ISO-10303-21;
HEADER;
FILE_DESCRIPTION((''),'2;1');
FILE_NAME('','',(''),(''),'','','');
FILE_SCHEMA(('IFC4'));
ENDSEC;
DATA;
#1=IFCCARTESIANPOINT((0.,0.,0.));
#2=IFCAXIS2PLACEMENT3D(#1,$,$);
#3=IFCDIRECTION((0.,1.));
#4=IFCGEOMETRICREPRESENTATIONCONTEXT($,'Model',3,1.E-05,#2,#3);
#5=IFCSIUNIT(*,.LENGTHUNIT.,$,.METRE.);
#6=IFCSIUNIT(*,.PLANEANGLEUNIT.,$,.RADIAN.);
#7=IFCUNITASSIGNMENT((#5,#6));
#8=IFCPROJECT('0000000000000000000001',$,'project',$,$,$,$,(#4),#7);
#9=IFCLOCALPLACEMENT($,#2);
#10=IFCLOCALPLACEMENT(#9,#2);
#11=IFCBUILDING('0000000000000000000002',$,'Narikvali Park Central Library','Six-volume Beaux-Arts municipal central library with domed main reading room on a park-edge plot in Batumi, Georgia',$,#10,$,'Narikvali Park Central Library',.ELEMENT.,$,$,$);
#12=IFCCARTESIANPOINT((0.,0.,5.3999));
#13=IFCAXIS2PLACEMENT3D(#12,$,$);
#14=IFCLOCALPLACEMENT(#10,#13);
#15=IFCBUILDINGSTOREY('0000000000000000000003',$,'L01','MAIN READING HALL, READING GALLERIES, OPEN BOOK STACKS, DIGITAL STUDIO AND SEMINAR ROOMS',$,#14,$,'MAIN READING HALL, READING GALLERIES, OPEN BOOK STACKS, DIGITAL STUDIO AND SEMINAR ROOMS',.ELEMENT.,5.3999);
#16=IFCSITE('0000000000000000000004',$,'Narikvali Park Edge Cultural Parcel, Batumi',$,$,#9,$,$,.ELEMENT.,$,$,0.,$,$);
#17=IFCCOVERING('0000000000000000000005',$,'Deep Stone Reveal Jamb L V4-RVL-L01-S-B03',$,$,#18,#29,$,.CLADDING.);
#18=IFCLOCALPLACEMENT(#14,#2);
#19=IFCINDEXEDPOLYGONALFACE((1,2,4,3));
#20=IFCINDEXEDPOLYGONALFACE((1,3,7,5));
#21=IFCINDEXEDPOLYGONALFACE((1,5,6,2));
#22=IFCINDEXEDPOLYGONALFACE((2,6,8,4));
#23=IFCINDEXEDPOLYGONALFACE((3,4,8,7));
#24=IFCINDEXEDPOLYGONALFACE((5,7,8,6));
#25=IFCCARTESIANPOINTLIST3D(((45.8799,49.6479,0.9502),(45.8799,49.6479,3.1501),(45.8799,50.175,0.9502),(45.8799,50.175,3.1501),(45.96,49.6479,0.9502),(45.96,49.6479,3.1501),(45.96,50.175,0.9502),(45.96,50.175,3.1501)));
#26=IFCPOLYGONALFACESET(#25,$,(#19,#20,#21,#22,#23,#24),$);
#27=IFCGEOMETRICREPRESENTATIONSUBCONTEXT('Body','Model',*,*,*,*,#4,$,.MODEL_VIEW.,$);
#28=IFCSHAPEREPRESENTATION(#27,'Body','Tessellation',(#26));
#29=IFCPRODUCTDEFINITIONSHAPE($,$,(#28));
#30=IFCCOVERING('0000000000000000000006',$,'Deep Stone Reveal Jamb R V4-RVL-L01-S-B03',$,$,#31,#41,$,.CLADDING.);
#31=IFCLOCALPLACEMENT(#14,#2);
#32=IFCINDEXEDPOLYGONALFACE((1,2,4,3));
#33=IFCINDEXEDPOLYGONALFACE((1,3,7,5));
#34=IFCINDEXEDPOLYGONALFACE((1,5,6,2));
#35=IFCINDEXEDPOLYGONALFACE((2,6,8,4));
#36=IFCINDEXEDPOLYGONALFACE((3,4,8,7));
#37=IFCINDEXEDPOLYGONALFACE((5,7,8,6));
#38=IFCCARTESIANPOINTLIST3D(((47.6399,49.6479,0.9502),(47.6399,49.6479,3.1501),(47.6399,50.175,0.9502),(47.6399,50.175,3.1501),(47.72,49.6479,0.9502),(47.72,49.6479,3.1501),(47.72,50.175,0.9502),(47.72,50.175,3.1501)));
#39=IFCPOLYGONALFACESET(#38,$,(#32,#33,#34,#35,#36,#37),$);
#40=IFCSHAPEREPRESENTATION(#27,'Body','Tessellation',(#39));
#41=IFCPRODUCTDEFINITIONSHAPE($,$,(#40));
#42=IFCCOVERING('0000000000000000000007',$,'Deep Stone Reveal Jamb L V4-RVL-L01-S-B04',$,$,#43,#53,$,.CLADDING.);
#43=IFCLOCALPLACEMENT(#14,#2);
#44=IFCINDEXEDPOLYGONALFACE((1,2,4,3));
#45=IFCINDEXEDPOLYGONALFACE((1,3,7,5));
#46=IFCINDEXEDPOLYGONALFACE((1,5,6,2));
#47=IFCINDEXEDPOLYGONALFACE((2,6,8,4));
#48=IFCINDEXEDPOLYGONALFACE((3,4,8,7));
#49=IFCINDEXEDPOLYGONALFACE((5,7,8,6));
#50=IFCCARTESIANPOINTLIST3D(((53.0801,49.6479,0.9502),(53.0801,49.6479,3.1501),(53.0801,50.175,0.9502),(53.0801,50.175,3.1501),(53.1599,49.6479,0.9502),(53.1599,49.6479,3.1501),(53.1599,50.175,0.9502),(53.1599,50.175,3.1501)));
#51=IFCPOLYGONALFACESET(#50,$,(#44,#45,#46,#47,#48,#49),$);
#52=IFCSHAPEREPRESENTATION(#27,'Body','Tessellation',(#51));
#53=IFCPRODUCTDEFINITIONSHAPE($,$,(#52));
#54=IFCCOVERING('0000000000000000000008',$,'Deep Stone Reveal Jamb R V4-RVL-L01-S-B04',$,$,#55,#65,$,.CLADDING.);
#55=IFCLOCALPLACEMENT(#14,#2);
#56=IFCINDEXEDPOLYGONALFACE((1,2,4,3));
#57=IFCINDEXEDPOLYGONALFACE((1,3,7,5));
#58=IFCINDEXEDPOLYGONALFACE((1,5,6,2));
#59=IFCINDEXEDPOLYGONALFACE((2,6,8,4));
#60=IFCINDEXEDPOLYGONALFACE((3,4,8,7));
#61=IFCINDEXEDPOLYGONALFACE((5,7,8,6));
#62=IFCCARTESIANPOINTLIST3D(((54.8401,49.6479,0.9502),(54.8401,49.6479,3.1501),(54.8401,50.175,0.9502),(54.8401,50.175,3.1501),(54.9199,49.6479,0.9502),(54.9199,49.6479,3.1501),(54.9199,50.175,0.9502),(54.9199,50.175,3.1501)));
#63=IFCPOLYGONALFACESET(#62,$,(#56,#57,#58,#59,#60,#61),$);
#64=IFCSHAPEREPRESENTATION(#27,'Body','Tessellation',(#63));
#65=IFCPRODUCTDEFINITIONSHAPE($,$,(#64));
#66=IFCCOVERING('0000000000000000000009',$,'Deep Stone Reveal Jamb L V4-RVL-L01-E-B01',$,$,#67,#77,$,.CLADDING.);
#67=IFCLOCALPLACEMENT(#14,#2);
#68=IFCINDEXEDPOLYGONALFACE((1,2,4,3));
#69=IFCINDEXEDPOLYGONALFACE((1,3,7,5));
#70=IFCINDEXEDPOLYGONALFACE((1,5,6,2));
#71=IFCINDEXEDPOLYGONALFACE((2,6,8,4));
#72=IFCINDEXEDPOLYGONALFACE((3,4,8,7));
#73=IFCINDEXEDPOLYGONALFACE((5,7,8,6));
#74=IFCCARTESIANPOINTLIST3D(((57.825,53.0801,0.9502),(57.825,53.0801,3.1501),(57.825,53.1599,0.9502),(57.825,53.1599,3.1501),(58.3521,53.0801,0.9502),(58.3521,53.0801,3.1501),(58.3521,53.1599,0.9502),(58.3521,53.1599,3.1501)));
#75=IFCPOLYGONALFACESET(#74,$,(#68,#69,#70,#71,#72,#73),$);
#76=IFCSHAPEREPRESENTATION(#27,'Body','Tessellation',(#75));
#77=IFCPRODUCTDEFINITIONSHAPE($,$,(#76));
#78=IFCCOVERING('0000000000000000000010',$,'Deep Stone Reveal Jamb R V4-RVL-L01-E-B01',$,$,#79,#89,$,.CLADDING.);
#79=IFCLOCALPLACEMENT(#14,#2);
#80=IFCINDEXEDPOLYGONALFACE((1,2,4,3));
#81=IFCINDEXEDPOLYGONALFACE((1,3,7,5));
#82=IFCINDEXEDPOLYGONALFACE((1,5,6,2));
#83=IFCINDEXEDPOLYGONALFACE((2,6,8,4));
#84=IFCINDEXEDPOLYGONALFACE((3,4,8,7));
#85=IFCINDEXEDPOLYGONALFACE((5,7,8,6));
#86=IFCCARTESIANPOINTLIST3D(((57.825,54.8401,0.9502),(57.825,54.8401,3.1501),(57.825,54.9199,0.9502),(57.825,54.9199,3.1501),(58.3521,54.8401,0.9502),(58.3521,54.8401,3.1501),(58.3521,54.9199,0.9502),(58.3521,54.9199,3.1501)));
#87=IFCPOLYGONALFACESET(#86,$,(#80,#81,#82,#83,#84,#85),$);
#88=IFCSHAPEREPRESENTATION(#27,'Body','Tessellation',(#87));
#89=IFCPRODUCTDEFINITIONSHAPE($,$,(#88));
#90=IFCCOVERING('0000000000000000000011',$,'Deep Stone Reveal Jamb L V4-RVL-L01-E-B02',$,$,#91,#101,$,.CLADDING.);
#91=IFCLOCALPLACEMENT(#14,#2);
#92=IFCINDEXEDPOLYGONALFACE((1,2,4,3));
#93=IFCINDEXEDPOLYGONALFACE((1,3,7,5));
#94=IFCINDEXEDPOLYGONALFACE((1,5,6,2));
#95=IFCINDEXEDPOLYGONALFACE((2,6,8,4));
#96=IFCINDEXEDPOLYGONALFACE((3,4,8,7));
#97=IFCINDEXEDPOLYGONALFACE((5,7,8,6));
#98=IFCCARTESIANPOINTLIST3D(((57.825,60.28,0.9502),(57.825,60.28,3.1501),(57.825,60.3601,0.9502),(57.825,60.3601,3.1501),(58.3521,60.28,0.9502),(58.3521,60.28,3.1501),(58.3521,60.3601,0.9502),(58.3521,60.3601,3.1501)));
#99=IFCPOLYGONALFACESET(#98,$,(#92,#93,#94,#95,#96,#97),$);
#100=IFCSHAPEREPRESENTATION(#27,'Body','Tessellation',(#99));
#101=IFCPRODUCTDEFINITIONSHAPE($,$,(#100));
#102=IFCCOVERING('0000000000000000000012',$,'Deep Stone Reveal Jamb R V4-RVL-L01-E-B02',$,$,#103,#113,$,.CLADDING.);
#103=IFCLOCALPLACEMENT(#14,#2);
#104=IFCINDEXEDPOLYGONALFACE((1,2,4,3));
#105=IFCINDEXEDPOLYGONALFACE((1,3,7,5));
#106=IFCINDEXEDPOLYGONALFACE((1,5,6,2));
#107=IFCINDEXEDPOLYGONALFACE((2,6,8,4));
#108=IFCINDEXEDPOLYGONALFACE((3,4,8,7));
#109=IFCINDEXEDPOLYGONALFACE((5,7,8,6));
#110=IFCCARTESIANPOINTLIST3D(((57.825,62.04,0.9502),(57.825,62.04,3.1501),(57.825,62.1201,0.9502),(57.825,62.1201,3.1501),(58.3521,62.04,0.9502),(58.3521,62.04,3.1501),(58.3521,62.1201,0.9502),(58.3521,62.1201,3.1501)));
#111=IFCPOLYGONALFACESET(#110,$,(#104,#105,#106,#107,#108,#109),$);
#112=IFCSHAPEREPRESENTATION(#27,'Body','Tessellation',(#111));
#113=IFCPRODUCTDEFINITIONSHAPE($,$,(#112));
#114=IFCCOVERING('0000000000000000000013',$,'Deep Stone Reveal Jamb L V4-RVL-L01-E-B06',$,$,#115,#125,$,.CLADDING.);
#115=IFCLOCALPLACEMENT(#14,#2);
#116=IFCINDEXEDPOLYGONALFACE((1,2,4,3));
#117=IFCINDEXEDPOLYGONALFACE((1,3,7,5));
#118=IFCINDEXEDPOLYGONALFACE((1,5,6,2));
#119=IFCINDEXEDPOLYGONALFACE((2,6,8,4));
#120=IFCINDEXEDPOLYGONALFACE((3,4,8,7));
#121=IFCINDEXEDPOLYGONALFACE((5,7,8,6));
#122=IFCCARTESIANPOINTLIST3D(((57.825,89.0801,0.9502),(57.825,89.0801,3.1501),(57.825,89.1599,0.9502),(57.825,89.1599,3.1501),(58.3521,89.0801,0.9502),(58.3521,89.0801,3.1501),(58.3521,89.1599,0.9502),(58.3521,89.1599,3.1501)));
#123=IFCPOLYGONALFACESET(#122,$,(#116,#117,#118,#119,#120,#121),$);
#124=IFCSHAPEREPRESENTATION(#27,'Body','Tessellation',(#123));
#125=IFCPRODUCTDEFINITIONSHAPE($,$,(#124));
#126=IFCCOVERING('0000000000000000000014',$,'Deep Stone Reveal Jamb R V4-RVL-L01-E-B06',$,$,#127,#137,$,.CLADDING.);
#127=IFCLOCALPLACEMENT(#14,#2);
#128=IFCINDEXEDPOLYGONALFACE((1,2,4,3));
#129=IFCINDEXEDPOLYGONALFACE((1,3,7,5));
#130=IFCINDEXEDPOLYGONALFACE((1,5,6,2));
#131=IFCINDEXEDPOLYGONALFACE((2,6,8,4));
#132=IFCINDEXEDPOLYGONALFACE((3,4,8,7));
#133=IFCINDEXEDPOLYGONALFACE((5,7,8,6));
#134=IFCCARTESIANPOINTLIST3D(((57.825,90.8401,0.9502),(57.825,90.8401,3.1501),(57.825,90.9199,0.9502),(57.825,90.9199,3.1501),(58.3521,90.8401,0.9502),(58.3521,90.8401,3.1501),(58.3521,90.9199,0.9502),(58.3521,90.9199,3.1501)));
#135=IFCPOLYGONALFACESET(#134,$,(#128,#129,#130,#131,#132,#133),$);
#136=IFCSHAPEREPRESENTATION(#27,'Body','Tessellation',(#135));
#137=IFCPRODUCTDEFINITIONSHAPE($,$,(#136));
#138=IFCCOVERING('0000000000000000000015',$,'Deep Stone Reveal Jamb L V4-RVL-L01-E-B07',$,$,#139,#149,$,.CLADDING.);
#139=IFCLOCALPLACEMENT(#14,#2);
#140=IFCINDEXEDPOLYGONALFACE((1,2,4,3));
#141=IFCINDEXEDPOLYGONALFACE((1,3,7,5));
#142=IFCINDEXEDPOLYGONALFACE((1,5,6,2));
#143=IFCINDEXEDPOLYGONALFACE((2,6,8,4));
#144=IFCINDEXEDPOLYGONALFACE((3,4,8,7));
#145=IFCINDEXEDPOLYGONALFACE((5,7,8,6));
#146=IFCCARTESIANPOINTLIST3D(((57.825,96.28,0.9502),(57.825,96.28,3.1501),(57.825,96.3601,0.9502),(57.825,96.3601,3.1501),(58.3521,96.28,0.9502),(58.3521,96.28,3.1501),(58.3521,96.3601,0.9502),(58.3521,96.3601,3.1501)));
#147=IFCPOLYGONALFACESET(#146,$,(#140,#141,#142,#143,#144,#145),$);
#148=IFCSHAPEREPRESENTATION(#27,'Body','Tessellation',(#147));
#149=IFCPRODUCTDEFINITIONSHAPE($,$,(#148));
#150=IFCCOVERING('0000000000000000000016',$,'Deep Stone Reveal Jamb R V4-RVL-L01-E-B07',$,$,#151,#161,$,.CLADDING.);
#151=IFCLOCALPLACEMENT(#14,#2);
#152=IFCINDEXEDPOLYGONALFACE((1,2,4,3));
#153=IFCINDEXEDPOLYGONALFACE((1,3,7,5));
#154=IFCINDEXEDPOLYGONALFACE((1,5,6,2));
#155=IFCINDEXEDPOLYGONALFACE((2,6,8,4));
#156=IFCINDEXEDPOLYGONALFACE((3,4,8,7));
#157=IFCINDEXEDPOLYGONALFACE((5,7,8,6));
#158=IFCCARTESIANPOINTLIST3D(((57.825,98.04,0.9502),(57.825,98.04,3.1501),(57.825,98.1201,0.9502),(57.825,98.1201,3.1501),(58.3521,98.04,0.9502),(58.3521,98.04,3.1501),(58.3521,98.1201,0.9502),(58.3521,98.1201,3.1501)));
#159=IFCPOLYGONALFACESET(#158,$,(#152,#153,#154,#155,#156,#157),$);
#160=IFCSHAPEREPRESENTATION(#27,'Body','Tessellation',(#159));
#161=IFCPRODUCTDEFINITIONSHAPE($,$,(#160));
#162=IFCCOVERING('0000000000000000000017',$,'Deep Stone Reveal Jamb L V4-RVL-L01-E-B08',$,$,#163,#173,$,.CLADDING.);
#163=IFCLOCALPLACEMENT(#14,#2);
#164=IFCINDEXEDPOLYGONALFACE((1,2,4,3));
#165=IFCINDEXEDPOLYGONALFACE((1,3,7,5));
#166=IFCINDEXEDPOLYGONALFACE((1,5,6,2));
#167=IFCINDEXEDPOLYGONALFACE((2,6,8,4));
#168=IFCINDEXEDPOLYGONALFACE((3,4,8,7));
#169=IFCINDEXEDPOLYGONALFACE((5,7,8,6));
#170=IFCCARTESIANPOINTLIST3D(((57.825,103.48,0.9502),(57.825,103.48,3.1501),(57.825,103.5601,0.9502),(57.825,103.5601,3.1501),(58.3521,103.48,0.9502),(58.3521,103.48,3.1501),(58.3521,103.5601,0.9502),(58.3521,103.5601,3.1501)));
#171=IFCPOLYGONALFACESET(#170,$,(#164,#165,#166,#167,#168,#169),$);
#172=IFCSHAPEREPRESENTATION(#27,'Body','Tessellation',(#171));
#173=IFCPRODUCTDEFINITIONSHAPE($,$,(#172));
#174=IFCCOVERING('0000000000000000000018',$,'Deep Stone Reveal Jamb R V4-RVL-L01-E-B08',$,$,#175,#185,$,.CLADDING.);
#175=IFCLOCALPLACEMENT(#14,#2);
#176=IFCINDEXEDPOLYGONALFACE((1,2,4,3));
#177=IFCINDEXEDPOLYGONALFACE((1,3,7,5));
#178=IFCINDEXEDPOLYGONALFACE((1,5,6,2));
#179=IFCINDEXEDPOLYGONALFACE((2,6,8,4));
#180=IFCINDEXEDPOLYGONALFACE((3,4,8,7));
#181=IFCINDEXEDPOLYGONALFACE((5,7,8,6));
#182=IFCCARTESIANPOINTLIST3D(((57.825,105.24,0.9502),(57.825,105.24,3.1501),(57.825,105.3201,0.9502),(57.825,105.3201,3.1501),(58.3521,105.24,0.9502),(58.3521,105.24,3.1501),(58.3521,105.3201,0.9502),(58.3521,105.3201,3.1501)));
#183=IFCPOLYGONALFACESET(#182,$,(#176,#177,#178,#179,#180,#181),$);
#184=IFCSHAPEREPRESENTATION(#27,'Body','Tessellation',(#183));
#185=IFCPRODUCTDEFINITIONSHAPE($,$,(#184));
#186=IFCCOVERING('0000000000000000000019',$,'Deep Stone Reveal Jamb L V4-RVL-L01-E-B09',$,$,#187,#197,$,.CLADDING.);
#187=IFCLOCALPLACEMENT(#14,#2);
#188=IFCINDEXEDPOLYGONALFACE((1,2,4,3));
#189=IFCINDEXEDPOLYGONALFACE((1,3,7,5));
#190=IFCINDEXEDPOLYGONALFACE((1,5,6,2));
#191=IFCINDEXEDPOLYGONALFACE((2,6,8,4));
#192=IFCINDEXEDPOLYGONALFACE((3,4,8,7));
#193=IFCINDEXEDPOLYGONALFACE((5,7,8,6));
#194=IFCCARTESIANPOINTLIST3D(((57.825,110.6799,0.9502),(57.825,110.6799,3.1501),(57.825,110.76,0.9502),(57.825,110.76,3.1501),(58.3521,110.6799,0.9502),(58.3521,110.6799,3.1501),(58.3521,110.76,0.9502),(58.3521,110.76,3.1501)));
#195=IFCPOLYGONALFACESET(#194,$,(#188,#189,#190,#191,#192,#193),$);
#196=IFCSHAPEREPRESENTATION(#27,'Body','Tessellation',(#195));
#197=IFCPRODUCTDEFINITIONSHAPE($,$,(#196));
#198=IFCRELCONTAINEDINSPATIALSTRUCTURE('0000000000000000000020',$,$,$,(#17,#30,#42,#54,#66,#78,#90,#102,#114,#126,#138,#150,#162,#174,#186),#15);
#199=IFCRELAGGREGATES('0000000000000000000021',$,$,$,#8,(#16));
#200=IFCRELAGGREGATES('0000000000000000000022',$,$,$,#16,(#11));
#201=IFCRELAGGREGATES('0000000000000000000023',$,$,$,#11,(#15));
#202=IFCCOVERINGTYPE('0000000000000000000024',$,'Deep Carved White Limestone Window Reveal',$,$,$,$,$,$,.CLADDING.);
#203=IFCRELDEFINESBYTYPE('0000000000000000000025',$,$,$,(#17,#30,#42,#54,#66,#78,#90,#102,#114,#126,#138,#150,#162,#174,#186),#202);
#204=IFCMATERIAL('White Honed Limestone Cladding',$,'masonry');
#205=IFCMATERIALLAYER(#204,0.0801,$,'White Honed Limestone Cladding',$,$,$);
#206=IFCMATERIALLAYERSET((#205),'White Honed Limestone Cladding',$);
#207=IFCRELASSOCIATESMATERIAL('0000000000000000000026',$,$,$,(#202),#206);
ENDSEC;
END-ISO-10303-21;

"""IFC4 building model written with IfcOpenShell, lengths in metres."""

from ifc_helpers import new_model, si_unit, direction, frame, origin, place, context, subcontext, project, spatial, polyline, outline, extrude, material, layer, layer_set, type_object, element, save


model = new_model("IFC4")

# Units and contexts
model_context = context("Model", 3, precision=1e-05, world=origin(), true_north=direction((0.0, 1.0)))
body_context = subcontext(model_context, "Body", "Model", "MODEL_VIEW")
ifc_project = project(units=[si_unit("LENGTHUNIT", "METRE"), si_unit("PLANEANGLEUNIT", "RADIAN")], contexts=[model_context])

# Site, building, storey
site_placement = place(None, origin())
site = spatial("IfcSite", under=ifc_project, at=site_placement, Name="Narikvali Park Edge Cultural Parcel, Batumi", CompositionType="ELEMENT", RefElevation=0.0)
building_placement = place(site_placement, origin())
building = spatial("IfcBuilding", under=site, at=building_placement, Name="Narikvali Park Central Library", Description="Six-volume Beaux-Arts municipal central library with domed main reading room on a park-edge plot in Batumi, Georgia", LongName="Narikvali Park Central Library", CompositionType="ELEMENT")
storey_placement = place(building_placement, frame((0.0, 0.0, 5.3999)))
storey = spatial("IfcBuildingStorey", under=building, at=storey_placement, Name="L01", Description="MAIN READING HALL, READING GALLERIES, OPEN BOOK STACKS, DIGITAL STUDIO AND SEMINAR ROOMS", LongName="MAIN READING HALL, READING GALLERIES, OPEN BOOK STACKS, DIGITAL STUDIO AND SEMINAR ROOMS", CompositionType="ELEMENT", Elevation=5.3999)

# Coverings
ifc_material = material(Name="White Honed Limestone Cladding", Category="masonry")
ifc_layer = layer(ifc_material, 0.0801, Name="White Honed Limestone Cladding")
ifc_layer_set = layer_set([ifc_layer], Name="White Honed Limestone Cladding")
covering_type = type_object("IfcCoveringType", Name="Deep Carved White Limestone Window Reveal", PredefinedType="CLADDING", material=ifc_layer_set)
covering_1_placement = place(storey_placement, frame((0.0, 0.0, 0.9502)))
element("IfcCovering", 1, at=covering_1_placement, inside=storey, type_object=covering_type, Name="Deep Stone Reveal Jamb L V4-RVL-L01-S-B03", PredefinedType="CLADDING", context=body_context, shape_type="SweptSolid", body=[
    extrude(outline(polyline([(45.8799, 50.175), (45.96, 50.175), (45.96, 49.6479), (45.8799, 49.6479), (45.8799, 50.175)])), origin(), (0.0, 0.0, 1.0), 2.2),
])
covering_2_placement = place(storey_placement, frame((0.0, 0.0, 0.9502)))
element("IfcCovering", 2, at=covering_2_placement, inside=storey, type_object=covering_type, Name="Deep Stone Reveal Jamb R V4-RVL-L01-S-B03", PredefinedType="CLADDING", context=body_context, shape_type="SweptSolid", body=[
    extrude(outline(polyline([(47.6399, 50.175), (47.72, 50.175), (47.72, 49.6479), (47.6399, 49.6479), (47.6399, 50.175)])), origin(), (0.0, 0.0, 1.0), 2.2),
])
covering_3_placement = place(storey_placement, frame((0.0, 0.0, 0.9502)))
element("IfcCovering", 3, at=covering_3_placement, inside=storey, type_object=covering_type, Name="Deep Stone Reveal Jamb L V4-RVL-L01-S-B04", PredefinedType="CLADDING", context=body_context, shape_type="SweptSolid", body=[
    extrude(outline(polyline([(53.0801, 50.175), (53.1599, 50.175), (53.1599, 49.6479), (53.0801, 49.6479), (53.0801, 50.175)])), origin(), (0.0, 0.0, 1.0), 2.2),
])
covering_4_placement = place(storey_placement, frame((0.0, 0.0, 0.9502)))
element("IfcCovering", 4, at=covering_4_placement, inside=storey, type_object=covering_type, Name="Deep Stone Reveal Jamb R V4-RVL-L01-S-B04", PredefinedType="CLADDING", context=body_context, shape_type="SweptSolid", body=[
    extrude(outline(polyline([(54.8401, 50.175), (54.9199, 50.175), (54.9199, 49.6479), (54.8401, 49.6479), (54.8401, 50.175)])), origin(), (0.0, 0.0, 1.0), 2.2),
])
covering_5_placement = place(storey_placement, frame((0.0, 0.0, 0.9502)))
element("IfcCovering", 5, at=covering_5_placement, inside=storey, type_object=covering_type, Name="Deep Stone Reveal Jamb L V4-RVL-L01-E-B01", PredefinedType="CLADDING", context=body_context, shape_type="SweptSolid", body=[
    extrude(outline(polyline([(57.825, 53.0801), (57.825, 53.1599), (58.3521, 53.1599), (58.3521, 53.0801), (57.825, 53.0801)])), origin(), (0.0, 0.0, 1.0), 2.2),
])
covering_6_placement = place(storey_placement, frame((0.0, 0.0, 0.9502)))
element("IfcCovering", 6, at=covering_6_placement, inside=storey, type_object=covering_type, Name="Deep Stone Reveal Jamb R V4-RVL-L01-E-B01", PredefinedType="CLADDING", context=body_context, shape_type="SweptSolid", body=[
    extrude(outline(polyline([(57.825, 54.8401), (57.825, 54.9199), (58.3521, 54.9199), (58.3521, 54.8401), (57.825, 54.8401)])), origin(), (0.0, 0.0, 1.0), 2.2),
])
covering_7_placement = place(storey_placement, frame((0.0, 0.0, 0.9502)))
element("IfcCovering", 7, at=covering_7_placement, inside=storey, type_object=covering_type, Name="Deep Stone Reveal Jamb L V4-RVL-L01-E-B02", PredefinedType="CLADDING", context=body_context, shape_type="SweptSolid", body=[
    extrude(outline(polyline([(57.825, 60.28), (57.825, 60.3601), (58.3521, 60.3601), (58.3521, 60.28), (57.825, 60.28)])), origin(), (0.0, 0.0, 1.0), 2.2),
])
covering_8_placement = place(storey_placement, frame((0.0, 0.0, 0.9502)))
element("IfcCovering", 8, at=covering_8_placement, inside=storey, type_object=covering_type, Name="Deep Stone Reveal Jamb R V4-RVL-L01-E-B02", PredefinedType="CLADDING", context=body_context, shape_type="SweptSolid", body=[
    extrude(outline(polyline([(57.825, 62.04), (57.825, 62.1201), (58.3521, 62.1201), (58.3521, 62.04), (57.825, 62.04)])), origin(), (0.0, 0.0, 1.0), 2.2),
])
covering_9_placement = place(storey_placement, frame((0.0, 0.0, 0.9502)))
element("IfcCovering", 9, at=covering_9_placement, inside=storey, type_object=covering_type, Name="Deep Stone Reveal Jamb L V4-RVL-L01-E-B06", PredefinedType="CLADDING", context=body_context, shape_type="SweptSolid", body=[
    extrude(outline(polyline([(57.825, 89.0801), (57.825, 89.1599), (58.3521, 89.1599), (58.3521, 89.0801), (57.825, 89.0801)])), origin(), (0.0, 0.0, 1.0), 2.2),
])
covering_10_placement = place(storey_placement, frame((0.0, 0.0, 0.9502)))
element("IfcCovering", 10, at=covering_10_placement, inside=storey, type_object=covering_type, Name="Deep Stone Reveal Jamb R V4-RVL-L01-E-B06", PredefinedType="CLADDING", context=body_context, shape_type="SweptSolid", body=[
    extrude(outline(polyline([(57.825, 90.8401), (57.825, 90.9199), (58.3521, 90.9199), (58.3521, 90.8401), (57.825, 90.8401)])), origin(), (0.0, 0.0, 1.0), 2.2),
])
covering_11_placement = place(storey_placement, frame((0.0, 0.0, 0.9502)))
element("IfcCovering", 11, at=covering_11_placement, inside=storey, type_object=covering_type, Name="Deep Stone Reveal Jamb L V4-RVL-L01-E-B07", PredefinedType="CLADDING", context=body_context, shape_type="SweptSolid", body=[
    extrude(outline(polyline([(57.825, 96.28), (57.825, 96.3601), (58.3521, 96.3601), (58.3521, 96.28), (57.825, 96.28)])), origin(), (0.0, 0.0, 1.0), 2.2),
])
covering_12_placement = place(storey_placement, frame((0.0, 0.0, 0.9502)))
element("IfcCovering", 12, at=covering_12_placement, inside=storey, type_object=covering_type, Name="Deep Stone Reveal Jamb R V4-RVL-L01-E-B07", PredefinedType="CLADDING", context=body_context, shape_type="SweptSolid", body=[
    extrude(outline(polyline([(57.825, 98.04), (57.825, 98.1201), (58.3521, 98.1201), (58.3521, 98.04), (57.825, 98.04)])), origin(), (0.0, 0.0, 1.0), 2.2),
])
covering_13_placement = place(storey_placement, frame((0.0, 0.0, 0.9502)))
element("IfcCovering", 13, at=covering_13_placement, inside=storey, type_object=covering_type, Name="Deep Stone Reveal Jamb L V4-RVL-L01-E-B08", PredefinedType="CLADDING", context=body_context, shape_type="SweptSolid", body=[
    extrude(outline(polyline([(57.825, 103.48), (57.825, 103.5601), (58.3521, 103.5601), (58.3521, 103.48), (57.825, 103.48)])), origin(), (0.0, 0.0, 1.0), 2.2),
])
covering_14_placement = place(storey_placement, frame((0.0, 0.0, 0.9502)))
element("IfcCovering", 14, at=covering_14_placement, inside=storey, type_object=covering_type, Name="Deep Stone Reveal Jamb R V4-RVL-L01-E-B08", PredefinedType="CLADDING", context=body_context, shape_type="SweptSolid", body=[
    extrude(outline(polyline([(57.825, 105.24), (57.825, 105.3201), (58.3521, 105.3201), (58.3521, 105.24), (57.825, 105.24)])), origin(), (0.0, 0.0, 1.0), 2.2),
])
covering_15_placement = place(storey_placement, frame((0.0, 0.0, 0.9502)))
element("IfcCovering", 15, at=covering_15_placement, inside=storey, type_object=covering_type, Name="Deep Stone Reveal Jamb L V4-RVL-L01-E-B09", PredefinedType="CLADDING", context=body_context, shape_type="SweptSolid", body=[
    extrude(outline(polyline([(57.825, 110.6799), (57.825, 110.76), (58.3521, 110.76), (58.3521, 110.6799), (57.825, 110.6799)])), origin(), (0.0, 0.0, 1.0), 2.2),
])

save(model, "model.ifc")
